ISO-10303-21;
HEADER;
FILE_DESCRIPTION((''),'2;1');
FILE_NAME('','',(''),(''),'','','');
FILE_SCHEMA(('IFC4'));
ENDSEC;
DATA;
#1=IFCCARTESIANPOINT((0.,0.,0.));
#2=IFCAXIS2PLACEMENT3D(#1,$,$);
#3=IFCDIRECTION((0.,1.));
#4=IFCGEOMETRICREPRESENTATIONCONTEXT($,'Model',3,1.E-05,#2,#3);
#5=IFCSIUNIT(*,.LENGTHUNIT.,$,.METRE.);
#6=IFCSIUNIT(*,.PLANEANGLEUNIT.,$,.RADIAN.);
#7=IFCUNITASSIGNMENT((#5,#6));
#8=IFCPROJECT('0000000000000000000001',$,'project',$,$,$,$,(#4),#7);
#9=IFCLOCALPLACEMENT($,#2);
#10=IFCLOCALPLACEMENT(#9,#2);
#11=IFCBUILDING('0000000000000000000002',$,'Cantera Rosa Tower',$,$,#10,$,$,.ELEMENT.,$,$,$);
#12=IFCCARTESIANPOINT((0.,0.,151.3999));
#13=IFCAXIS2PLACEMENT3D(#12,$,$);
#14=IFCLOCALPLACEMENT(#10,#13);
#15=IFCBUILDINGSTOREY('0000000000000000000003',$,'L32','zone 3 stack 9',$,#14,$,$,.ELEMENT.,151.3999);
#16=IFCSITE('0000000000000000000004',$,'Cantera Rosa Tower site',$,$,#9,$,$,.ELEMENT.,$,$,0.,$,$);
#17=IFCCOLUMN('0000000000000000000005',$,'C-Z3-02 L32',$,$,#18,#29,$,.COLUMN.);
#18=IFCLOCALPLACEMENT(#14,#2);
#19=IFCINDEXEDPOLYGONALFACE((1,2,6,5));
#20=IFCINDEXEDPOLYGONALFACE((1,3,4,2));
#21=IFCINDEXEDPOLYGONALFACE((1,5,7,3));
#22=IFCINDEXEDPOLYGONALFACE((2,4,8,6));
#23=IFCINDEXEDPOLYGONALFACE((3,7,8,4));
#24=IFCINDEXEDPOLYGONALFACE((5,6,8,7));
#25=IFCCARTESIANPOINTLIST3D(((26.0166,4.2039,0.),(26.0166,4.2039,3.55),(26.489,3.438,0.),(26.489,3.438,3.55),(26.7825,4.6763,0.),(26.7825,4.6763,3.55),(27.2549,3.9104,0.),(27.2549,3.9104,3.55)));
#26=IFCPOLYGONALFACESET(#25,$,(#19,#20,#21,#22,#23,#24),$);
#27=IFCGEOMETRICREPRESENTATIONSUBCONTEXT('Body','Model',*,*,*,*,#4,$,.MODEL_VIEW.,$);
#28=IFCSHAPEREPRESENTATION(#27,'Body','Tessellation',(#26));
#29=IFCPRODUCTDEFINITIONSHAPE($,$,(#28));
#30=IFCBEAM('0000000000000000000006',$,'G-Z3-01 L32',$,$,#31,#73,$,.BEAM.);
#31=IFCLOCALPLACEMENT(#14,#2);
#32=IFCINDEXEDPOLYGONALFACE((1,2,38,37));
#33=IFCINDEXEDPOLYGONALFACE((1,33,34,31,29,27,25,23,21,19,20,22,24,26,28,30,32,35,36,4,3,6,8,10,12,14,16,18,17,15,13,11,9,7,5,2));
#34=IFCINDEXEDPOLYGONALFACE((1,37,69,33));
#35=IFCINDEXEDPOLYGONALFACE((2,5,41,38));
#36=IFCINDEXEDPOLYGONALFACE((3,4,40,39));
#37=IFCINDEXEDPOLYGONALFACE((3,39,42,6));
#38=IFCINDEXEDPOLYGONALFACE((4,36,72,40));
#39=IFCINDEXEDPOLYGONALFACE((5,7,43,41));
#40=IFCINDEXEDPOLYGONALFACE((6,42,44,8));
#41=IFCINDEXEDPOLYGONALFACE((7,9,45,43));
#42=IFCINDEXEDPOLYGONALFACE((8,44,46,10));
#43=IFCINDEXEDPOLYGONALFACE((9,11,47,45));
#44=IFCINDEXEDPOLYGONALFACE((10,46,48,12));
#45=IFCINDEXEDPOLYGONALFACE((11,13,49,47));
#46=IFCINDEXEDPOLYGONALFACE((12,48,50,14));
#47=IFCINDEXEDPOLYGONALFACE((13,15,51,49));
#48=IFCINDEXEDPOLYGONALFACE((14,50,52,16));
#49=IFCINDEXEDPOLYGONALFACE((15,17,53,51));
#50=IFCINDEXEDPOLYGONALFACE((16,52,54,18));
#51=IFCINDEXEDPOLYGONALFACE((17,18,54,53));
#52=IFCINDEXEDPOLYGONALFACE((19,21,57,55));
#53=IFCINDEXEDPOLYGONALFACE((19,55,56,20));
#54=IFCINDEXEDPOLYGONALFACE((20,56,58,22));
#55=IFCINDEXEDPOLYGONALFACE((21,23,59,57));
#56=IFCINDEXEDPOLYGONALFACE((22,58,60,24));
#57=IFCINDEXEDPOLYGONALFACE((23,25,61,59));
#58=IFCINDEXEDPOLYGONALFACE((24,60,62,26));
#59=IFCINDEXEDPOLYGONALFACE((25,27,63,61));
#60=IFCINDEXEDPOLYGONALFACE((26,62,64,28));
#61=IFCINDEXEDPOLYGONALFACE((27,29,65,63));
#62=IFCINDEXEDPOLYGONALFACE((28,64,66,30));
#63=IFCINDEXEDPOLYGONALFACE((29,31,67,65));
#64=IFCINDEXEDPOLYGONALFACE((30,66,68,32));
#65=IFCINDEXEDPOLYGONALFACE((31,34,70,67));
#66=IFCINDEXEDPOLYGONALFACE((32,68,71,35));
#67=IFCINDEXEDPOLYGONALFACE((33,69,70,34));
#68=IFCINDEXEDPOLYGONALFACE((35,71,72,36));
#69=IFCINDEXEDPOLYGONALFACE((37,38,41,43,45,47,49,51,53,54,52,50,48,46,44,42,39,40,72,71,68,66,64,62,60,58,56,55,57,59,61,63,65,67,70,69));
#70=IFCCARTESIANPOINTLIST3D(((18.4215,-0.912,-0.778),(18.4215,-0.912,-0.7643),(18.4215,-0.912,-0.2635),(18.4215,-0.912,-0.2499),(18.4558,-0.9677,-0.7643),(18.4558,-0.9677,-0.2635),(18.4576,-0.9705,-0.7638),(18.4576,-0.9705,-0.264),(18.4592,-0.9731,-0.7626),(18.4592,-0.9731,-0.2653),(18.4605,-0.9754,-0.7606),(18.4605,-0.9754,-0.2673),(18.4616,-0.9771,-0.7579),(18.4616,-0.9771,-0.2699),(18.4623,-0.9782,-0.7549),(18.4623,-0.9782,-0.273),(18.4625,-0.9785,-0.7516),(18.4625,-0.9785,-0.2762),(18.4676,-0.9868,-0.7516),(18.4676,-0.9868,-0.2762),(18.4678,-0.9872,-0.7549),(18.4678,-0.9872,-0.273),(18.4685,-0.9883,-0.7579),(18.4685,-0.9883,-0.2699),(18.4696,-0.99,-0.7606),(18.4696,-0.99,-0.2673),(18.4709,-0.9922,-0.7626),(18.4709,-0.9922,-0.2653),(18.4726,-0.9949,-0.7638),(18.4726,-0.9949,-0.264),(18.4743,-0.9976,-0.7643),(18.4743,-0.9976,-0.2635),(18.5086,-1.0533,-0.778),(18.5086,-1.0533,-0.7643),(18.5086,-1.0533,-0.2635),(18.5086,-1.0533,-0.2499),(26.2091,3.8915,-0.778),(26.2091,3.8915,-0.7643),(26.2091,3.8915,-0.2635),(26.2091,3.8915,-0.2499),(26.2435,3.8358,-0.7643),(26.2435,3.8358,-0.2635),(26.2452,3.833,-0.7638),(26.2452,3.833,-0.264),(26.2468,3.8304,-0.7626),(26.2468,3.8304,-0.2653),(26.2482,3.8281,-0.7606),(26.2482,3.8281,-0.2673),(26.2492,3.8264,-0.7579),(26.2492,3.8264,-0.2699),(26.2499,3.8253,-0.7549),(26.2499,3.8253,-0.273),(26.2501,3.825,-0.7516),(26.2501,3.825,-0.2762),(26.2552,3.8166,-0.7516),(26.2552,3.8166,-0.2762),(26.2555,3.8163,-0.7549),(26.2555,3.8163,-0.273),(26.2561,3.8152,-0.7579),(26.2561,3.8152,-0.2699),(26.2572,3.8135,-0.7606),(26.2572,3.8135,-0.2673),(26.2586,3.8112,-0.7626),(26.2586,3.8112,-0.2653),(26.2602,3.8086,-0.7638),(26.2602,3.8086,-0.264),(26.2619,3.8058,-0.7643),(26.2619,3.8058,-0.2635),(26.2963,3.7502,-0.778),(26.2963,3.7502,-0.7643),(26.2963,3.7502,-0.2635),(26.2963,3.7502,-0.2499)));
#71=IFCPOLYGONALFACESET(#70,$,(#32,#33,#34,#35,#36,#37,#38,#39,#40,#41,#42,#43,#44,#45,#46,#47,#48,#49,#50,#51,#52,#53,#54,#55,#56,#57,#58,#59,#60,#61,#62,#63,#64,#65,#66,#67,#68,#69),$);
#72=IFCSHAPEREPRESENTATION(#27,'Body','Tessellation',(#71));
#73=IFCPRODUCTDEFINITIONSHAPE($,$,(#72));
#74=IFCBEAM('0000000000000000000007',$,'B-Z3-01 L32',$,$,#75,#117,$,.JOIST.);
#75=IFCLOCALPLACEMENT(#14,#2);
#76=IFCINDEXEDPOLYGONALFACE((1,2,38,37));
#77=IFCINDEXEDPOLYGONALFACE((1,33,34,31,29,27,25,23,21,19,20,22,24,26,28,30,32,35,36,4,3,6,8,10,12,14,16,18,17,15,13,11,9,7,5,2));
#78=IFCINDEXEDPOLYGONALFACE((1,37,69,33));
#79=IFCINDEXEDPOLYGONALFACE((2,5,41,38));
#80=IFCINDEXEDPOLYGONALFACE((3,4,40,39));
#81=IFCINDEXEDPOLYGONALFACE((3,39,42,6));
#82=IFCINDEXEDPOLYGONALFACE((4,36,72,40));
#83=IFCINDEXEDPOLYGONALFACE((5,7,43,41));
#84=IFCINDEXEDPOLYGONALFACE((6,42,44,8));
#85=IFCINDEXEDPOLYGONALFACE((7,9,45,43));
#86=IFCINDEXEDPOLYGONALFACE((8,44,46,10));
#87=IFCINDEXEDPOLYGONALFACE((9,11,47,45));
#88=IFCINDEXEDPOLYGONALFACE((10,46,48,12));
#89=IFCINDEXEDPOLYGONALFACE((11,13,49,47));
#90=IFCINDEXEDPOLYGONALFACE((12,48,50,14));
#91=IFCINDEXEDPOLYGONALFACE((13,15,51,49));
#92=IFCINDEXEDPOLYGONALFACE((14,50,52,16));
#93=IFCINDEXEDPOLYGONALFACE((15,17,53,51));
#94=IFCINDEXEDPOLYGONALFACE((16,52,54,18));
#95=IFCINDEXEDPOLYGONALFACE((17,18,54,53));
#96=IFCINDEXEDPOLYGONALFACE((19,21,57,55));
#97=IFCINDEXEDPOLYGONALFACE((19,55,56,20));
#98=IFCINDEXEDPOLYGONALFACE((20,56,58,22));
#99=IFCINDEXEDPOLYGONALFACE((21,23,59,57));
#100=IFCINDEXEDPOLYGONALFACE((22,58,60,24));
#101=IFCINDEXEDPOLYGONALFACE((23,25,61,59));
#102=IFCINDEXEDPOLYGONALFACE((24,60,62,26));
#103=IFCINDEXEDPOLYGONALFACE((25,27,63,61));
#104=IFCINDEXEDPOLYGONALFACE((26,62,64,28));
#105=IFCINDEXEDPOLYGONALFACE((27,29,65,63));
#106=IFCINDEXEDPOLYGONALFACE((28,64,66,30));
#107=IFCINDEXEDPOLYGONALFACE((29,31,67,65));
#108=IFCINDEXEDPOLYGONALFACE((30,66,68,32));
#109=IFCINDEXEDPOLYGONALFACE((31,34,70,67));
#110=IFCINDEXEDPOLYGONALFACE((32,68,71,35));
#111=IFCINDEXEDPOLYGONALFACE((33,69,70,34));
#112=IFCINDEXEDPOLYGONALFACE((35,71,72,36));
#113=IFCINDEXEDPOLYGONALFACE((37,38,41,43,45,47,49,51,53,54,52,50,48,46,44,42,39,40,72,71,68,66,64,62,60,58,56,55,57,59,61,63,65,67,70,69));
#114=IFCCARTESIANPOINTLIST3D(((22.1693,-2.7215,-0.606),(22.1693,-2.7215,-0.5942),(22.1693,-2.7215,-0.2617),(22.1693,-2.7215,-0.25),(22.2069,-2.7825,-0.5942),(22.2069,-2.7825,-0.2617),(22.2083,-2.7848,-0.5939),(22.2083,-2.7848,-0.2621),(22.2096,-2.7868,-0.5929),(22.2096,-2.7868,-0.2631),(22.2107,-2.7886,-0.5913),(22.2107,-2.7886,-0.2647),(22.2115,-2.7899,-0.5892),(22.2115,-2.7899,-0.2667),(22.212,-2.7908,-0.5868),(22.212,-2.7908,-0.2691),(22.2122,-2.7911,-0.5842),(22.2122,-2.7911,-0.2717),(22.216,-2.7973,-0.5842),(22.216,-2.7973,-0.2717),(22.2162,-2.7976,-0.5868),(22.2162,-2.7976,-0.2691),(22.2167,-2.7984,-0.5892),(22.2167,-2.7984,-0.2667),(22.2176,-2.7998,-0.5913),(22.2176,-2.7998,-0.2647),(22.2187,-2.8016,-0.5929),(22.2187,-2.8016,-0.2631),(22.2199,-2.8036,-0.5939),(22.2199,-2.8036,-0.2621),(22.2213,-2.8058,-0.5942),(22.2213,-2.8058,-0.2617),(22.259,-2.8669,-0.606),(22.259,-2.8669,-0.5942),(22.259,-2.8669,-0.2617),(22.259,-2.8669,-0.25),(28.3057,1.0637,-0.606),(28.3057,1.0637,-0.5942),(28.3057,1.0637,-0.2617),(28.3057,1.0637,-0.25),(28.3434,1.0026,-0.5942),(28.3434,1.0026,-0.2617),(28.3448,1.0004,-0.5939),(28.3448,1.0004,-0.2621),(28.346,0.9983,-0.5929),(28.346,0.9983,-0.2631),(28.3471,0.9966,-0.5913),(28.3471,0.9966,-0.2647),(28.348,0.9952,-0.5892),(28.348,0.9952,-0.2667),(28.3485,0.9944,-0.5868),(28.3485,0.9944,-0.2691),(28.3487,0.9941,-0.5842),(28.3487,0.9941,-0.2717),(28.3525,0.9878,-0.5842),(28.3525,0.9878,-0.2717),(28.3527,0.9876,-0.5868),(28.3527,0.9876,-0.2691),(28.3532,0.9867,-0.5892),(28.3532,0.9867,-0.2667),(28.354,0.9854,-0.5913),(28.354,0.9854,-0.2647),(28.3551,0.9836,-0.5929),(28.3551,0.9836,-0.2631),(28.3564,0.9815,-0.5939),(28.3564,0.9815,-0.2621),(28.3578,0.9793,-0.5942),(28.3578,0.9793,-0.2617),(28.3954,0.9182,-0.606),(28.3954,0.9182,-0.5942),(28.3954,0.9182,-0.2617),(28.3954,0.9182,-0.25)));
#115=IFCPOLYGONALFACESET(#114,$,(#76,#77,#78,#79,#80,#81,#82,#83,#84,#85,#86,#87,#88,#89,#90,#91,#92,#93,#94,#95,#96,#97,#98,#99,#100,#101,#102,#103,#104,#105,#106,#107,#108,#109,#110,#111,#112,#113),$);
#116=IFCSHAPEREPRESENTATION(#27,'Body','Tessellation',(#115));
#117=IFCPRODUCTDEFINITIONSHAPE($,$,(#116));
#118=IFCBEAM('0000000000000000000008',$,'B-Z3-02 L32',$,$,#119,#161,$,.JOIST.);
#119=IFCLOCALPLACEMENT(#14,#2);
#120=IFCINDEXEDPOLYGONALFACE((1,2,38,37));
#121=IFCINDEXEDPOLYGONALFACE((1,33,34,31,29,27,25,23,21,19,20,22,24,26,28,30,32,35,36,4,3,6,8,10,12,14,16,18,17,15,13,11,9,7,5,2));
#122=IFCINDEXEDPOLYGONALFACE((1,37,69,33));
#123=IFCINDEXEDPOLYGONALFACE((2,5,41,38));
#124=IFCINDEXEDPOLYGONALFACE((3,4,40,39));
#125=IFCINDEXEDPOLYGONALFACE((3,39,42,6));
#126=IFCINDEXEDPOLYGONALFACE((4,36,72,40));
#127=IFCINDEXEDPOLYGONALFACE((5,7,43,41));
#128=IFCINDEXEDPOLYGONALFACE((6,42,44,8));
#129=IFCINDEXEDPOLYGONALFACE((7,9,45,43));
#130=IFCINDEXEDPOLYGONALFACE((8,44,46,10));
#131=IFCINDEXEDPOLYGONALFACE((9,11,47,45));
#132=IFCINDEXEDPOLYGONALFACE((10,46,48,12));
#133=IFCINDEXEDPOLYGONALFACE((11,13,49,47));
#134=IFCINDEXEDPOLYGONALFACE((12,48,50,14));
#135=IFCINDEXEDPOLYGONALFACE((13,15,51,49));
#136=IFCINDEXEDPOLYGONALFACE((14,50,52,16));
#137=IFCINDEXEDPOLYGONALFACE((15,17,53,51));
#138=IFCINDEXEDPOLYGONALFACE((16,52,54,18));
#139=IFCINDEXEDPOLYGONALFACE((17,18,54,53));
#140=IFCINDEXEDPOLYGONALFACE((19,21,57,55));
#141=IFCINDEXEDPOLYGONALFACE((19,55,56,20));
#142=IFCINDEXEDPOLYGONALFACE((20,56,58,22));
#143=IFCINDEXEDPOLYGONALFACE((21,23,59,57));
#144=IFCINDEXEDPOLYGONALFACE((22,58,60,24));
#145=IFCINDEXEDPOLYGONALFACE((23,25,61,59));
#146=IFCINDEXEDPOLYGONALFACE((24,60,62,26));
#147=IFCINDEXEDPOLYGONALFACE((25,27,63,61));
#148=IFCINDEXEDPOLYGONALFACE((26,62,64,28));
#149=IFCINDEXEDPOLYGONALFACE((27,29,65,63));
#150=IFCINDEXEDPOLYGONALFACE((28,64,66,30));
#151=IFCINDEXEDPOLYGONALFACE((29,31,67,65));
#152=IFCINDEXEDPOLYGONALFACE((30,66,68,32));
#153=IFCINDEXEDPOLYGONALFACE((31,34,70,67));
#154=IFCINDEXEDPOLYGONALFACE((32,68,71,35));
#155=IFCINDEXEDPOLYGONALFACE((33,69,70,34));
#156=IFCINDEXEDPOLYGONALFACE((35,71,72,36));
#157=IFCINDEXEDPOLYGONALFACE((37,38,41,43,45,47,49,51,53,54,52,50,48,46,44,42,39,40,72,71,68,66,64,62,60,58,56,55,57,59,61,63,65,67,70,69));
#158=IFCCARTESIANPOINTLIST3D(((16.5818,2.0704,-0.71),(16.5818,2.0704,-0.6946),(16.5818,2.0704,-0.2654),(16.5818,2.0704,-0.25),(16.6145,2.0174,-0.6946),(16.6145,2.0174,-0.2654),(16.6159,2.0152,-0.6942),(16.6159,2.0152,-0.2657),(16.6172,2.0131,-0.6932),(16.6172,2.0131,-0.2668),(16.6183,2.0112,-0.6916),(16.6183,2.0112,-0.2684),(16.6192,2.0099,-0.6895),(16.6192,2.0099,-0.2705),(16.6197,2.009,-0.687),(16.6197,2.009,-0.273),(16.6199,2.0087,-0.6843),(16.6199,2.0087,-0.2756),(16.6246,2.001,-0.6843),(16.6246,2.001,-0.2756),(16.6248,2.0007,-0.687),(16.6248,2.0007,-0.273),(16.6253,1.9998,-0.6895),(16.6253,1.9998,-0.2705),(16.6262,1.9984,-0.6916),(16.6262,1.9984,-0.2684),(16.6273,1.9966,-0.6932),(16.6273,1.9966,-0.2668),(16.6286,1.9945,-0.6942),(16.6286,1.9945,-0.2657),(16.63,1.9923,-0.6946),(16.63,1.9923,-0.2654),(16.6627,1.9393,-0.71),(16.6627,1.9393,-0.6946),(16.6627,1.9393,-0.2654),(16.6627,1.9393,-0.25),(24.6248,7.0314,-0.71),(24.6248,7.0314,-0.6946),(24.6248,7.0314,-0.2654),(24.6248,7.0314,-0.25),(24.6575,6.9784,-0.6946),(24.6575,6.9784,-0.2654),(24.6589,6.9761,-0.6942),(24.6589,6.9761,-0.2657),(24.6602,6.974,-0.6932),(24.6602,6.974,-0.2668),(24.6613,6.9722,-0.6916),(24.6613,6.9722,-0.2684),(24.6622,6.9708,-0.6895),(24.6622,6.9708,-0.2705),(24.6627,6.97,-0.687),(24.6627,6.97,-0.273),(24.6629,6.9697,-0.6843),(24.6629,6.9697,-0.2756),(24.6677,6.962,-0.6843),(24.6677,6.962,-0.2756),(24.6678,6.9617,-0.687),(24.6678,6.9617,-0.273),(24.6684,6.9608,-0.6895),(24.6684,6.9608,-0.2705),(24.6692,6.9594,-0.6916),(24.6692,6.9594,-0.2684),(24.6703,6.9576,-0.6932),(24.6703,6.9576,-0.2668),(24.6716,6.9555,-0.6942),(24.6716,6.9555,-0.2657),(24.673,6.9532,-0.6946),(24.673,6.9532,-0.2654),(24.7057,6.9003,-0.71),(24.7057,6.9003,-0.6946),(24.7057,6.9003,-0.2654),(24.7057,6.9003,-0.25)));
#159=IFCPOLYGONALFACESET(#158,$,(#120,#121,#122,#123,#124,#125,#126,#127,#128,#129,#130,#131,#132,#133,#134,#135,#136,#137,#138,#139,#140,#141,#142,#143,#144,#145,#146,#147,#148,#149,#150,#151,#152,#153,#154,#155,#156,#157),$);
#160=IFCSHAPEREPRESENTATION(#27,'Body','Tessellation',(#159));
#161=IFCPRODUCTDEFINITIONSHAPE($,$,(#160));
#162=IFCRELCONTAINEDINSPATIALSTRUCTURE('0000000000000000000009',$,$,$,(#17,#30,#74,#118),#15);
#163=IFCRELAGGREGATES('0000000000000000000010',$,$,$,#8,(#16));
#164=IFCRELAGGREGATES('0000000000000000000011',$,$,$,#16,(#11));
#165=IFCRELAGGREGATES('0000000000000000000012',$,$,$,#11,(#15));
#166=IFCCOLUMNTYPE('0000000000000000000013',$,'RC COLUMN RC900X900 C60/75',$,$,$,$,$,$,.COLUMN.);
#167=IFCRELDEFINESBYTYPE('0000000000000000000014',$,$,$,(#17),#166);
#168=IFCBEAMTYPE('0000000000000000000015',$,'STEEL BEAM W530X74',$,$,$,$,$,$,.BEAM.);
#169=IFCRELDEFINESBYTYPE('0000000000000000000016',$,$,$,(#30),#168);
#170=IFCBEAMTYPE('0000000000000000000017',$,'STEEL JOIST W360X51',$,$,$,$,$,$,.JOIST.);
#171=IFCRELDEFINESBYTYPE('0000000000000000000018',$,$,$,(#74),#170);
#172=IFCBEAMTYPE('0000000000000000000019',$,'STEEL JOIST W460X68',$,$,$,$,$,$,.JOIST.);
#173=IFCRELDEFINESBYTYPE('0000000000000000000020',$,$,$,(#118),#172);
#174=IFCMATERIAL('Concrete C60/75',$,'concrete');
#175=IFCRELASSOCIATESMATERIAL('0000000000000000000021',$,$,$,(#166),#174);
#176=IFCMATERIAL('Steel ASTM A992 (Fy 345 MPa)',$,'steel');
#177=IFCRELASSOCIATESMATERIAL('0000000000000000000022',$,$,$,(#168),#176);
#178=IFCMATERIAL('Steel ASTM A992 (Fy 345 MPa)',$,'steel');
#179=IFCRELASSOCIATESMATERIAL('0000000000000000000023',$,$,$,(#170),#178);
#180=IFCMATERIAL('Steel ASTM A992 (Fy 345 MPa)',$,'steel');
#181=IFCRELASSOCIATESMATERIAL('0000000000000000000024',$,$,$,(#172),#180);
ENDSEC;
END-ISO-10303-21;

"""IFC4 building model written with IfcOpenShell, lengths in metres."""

from ifc_helpers import new_model, si_unit, direction, frame, origin, origin_2d, place, context, subcontext, project, spatial, rectangle, i_section, extrude, material, material_profile, profile_set, type_object, element, save


model = new_model("IFC4")

# Units and contexts
model_context = context("Model", 3, precision=1e-05, world=origin(), true_north=direction((0.0, 1.0)))
body_context = subcontext(model_context, "Body", "Model", "MODEL_VIEW")
ifc_project = project(units=[si_unit("LENGTHUNIT", "METRE"), si_unit("PLANEANGLEUNIT", "RADIAN")], contexts=[model_context])

# Site, building, storey
site_placement = place(None, origin())
site = spatial("IfcSite", under=ifc_project, at=site_placement, Name="Cantera Rosa Tower site", CompositionType="ELEMENT", RefElevation=0.0)
building_placement = place(site_placement, origin())
building = spatial("IfcBuilding", under=site, at=building_placement, Name="Cantera Rosa Tower", CompositionType="ELEMENT")
storey_placement = place(building_placement, frame((0.0, 0.0, 151.3999)))
storey = spatial("IfcBuildingStorey", under=building, at=storey_placement, Name="L32", Description="zone 3 stack 9", CompositionType="ELEMENT", Elevation=151.3999)

# Column
ifc_material_1 = material(Name="Concrete C60/75", Category="concrete")
ifc_material_profile_1 = material_profile(ifc_material_1, rectangle(XDim=0.8999, YDim=0.8999, at=origin_2d()), Name="RC COLUMN RC900X900 C60/75")
ifc_profile_set_1 = profile_set([ifc_material_profile_1], Name="Concrete C60/75")
column_type = type_object("IfcColumnType", Name="RC COLUMN RC900X900 C60/75", PredefinedType="COLUMN", material=ifc_profile_set_1)
column_placement = place(storey_placement, frame((26.6357, 4.0571, 0.0), z_axis=(0.0, 0.0, 1.0), x_axis=(0.851117, 0.524977, 0.0)))
element("IfcColumn", 1, at=column_placement, inside=storey, type_object=column_type, Name="C-Z3-02 L32", PredefinedType="COLUMN", context=body_context, shape_type="SweptSolid", body=[
    extrude(rectangle(XDim=0.8999, YDim=0.8999, at=origin_2d()), origin(), (0.0, 0.0, 1.0), 3.55),
])

# Beams
ifc_material_2 = material(Name="Steel ASTM A992 (Fy 345 MPa)", Category="steel")
ifc_material_profile_2 = material_profile(ifc_material_2, i_section(OverallWidth=0.166, OverallDepth=0.5281, WebThickness=0.0098, FlangeThickness=0.0137, FilletRadius=0.0127, at=origin_2d()), Name="W530X74")
ifc_profile_set_2 = profile_set([ifc_material_profile_2], Name="Steel ASTM A992 (Fy 345 MPa)")
beam_type_1 = type_object("IfcBeamType", Name="STEEL BEAM W530X74", PredefinedType="BEAM", material=ifc_profile_set_2)
beam_1_placement = place(storey_placement, frame((26.2527, 3.8208, -0.5139), z_axis=(-0.851116, -0.524977, 0.0), x_axis=(0.524977, -0.851116, 0.0)))
element("IfcBeam", 2, at=beam_1_placement, inside=storey, type_object=beam_type_1, Name="G-Z3-01 L32", PredefinedType="BEAM", context=body_context, shape_type="SweptSolid", body=[
    extrude(i_section(OverallWidth=0.166, OverallDepth=0.5281, WebThickness=0.0098, FlangeThickness=0.0137, FilletRadius=0.0127, at=origin_2d()), origin(), (0.0, 0.0, 1.0), 9.1499),
])
ifc_material_3 = material(Name="Steel ASTM A992 (Fy 345 MPa)", Category="steel")
ifc_material_profile_3 = material_profile(ifc_material_3, i_section(OverallWidth=0.1709, OverallDepth=0.356, WebThickness=0.0073, FlangeThickness=0.0117, FilletRadius=0.01, at=origin_2d()), Name="W360X51")
ifc_profile_set_3 = profile_set([ifc_material_profile_3], Name="Steel ASTM A992 (Fy 345 MPa)")
beam_type_2 = type_object("IfcBeamType", Name="STEEL JOIST W360X51", PredefinedType="JOIST", material=ifc_profile_set_3)
beam_2_placement = place(storey_placement, frame((28.3506, 0.991, -0.428), z_axis=(-0.851109, -0.524989, 0.0), x_axis=(0.524989, -0.851109, 0.0)))
element("IfcBeam", 3, at=beam_2_placement, inside=storey, type_object=beam_type_2, Name="B-Z3-01 L32", PredefinedType="JOIST", context=body_context, shape_type="SweptSolid", body=[
    extrude(i_section(OverallWidth=0.1709, OverallDepth=0.356, WebThickness=0.0073, FlangeThickness=0.0117, FilletRadius=0.01, at=origin_2d()), origin(), (0.0, 0.0, 1.0), 7.21),
])
ifc_material_4 = material(Name="Steel ASTM A992 (Fy 345 MPa)", Category="steel")
ifc_material_profile_4 = material_profile(ifc_material_4, i_section(OverallWidth=0.1541, OverallDepth=0.46, WebThickness=0.009, FlangeThickness=0.0154, FilletRadius=0.0103, at=origin_2d()), Name="W460X68")
ifc_profile_set_4 = profile_set([ifc_material_profile_4], Name="Steel ASTM A992 (Fy 345 MPa)")
beam_type_3 = type_object("IfcBeamType", Name="STEEL JOIST W460X68", PredefinedType="JOIST", material=ifc_profile_set_4)
beam_3_placement = place(storey_placement, frame((24.6653, 6.9658, -0.48), z_axis=(-0.851119, -0.524974, 0.0), x_axis=(0.524974, -0.851119, 0.0)))
element("IfcBeam", 4, at=beam_3_placement, inside=storey, type_object=beam_type_3, Name="B-Z3-02 L32", PredefinedType="JOIST", context=body_context, shape_type="SweptSolid", body=[
    extrude(i_section(OverallWidth=0.1541, OverallDepth=0.46, WebThickness=0.009, FlangeThickness=0.0154, FilletRadius=0.0103, at=origin_2d()), origin(), (0.0, 0.0, 1.0), 9.45),
])

save(model, "model.ifc")
